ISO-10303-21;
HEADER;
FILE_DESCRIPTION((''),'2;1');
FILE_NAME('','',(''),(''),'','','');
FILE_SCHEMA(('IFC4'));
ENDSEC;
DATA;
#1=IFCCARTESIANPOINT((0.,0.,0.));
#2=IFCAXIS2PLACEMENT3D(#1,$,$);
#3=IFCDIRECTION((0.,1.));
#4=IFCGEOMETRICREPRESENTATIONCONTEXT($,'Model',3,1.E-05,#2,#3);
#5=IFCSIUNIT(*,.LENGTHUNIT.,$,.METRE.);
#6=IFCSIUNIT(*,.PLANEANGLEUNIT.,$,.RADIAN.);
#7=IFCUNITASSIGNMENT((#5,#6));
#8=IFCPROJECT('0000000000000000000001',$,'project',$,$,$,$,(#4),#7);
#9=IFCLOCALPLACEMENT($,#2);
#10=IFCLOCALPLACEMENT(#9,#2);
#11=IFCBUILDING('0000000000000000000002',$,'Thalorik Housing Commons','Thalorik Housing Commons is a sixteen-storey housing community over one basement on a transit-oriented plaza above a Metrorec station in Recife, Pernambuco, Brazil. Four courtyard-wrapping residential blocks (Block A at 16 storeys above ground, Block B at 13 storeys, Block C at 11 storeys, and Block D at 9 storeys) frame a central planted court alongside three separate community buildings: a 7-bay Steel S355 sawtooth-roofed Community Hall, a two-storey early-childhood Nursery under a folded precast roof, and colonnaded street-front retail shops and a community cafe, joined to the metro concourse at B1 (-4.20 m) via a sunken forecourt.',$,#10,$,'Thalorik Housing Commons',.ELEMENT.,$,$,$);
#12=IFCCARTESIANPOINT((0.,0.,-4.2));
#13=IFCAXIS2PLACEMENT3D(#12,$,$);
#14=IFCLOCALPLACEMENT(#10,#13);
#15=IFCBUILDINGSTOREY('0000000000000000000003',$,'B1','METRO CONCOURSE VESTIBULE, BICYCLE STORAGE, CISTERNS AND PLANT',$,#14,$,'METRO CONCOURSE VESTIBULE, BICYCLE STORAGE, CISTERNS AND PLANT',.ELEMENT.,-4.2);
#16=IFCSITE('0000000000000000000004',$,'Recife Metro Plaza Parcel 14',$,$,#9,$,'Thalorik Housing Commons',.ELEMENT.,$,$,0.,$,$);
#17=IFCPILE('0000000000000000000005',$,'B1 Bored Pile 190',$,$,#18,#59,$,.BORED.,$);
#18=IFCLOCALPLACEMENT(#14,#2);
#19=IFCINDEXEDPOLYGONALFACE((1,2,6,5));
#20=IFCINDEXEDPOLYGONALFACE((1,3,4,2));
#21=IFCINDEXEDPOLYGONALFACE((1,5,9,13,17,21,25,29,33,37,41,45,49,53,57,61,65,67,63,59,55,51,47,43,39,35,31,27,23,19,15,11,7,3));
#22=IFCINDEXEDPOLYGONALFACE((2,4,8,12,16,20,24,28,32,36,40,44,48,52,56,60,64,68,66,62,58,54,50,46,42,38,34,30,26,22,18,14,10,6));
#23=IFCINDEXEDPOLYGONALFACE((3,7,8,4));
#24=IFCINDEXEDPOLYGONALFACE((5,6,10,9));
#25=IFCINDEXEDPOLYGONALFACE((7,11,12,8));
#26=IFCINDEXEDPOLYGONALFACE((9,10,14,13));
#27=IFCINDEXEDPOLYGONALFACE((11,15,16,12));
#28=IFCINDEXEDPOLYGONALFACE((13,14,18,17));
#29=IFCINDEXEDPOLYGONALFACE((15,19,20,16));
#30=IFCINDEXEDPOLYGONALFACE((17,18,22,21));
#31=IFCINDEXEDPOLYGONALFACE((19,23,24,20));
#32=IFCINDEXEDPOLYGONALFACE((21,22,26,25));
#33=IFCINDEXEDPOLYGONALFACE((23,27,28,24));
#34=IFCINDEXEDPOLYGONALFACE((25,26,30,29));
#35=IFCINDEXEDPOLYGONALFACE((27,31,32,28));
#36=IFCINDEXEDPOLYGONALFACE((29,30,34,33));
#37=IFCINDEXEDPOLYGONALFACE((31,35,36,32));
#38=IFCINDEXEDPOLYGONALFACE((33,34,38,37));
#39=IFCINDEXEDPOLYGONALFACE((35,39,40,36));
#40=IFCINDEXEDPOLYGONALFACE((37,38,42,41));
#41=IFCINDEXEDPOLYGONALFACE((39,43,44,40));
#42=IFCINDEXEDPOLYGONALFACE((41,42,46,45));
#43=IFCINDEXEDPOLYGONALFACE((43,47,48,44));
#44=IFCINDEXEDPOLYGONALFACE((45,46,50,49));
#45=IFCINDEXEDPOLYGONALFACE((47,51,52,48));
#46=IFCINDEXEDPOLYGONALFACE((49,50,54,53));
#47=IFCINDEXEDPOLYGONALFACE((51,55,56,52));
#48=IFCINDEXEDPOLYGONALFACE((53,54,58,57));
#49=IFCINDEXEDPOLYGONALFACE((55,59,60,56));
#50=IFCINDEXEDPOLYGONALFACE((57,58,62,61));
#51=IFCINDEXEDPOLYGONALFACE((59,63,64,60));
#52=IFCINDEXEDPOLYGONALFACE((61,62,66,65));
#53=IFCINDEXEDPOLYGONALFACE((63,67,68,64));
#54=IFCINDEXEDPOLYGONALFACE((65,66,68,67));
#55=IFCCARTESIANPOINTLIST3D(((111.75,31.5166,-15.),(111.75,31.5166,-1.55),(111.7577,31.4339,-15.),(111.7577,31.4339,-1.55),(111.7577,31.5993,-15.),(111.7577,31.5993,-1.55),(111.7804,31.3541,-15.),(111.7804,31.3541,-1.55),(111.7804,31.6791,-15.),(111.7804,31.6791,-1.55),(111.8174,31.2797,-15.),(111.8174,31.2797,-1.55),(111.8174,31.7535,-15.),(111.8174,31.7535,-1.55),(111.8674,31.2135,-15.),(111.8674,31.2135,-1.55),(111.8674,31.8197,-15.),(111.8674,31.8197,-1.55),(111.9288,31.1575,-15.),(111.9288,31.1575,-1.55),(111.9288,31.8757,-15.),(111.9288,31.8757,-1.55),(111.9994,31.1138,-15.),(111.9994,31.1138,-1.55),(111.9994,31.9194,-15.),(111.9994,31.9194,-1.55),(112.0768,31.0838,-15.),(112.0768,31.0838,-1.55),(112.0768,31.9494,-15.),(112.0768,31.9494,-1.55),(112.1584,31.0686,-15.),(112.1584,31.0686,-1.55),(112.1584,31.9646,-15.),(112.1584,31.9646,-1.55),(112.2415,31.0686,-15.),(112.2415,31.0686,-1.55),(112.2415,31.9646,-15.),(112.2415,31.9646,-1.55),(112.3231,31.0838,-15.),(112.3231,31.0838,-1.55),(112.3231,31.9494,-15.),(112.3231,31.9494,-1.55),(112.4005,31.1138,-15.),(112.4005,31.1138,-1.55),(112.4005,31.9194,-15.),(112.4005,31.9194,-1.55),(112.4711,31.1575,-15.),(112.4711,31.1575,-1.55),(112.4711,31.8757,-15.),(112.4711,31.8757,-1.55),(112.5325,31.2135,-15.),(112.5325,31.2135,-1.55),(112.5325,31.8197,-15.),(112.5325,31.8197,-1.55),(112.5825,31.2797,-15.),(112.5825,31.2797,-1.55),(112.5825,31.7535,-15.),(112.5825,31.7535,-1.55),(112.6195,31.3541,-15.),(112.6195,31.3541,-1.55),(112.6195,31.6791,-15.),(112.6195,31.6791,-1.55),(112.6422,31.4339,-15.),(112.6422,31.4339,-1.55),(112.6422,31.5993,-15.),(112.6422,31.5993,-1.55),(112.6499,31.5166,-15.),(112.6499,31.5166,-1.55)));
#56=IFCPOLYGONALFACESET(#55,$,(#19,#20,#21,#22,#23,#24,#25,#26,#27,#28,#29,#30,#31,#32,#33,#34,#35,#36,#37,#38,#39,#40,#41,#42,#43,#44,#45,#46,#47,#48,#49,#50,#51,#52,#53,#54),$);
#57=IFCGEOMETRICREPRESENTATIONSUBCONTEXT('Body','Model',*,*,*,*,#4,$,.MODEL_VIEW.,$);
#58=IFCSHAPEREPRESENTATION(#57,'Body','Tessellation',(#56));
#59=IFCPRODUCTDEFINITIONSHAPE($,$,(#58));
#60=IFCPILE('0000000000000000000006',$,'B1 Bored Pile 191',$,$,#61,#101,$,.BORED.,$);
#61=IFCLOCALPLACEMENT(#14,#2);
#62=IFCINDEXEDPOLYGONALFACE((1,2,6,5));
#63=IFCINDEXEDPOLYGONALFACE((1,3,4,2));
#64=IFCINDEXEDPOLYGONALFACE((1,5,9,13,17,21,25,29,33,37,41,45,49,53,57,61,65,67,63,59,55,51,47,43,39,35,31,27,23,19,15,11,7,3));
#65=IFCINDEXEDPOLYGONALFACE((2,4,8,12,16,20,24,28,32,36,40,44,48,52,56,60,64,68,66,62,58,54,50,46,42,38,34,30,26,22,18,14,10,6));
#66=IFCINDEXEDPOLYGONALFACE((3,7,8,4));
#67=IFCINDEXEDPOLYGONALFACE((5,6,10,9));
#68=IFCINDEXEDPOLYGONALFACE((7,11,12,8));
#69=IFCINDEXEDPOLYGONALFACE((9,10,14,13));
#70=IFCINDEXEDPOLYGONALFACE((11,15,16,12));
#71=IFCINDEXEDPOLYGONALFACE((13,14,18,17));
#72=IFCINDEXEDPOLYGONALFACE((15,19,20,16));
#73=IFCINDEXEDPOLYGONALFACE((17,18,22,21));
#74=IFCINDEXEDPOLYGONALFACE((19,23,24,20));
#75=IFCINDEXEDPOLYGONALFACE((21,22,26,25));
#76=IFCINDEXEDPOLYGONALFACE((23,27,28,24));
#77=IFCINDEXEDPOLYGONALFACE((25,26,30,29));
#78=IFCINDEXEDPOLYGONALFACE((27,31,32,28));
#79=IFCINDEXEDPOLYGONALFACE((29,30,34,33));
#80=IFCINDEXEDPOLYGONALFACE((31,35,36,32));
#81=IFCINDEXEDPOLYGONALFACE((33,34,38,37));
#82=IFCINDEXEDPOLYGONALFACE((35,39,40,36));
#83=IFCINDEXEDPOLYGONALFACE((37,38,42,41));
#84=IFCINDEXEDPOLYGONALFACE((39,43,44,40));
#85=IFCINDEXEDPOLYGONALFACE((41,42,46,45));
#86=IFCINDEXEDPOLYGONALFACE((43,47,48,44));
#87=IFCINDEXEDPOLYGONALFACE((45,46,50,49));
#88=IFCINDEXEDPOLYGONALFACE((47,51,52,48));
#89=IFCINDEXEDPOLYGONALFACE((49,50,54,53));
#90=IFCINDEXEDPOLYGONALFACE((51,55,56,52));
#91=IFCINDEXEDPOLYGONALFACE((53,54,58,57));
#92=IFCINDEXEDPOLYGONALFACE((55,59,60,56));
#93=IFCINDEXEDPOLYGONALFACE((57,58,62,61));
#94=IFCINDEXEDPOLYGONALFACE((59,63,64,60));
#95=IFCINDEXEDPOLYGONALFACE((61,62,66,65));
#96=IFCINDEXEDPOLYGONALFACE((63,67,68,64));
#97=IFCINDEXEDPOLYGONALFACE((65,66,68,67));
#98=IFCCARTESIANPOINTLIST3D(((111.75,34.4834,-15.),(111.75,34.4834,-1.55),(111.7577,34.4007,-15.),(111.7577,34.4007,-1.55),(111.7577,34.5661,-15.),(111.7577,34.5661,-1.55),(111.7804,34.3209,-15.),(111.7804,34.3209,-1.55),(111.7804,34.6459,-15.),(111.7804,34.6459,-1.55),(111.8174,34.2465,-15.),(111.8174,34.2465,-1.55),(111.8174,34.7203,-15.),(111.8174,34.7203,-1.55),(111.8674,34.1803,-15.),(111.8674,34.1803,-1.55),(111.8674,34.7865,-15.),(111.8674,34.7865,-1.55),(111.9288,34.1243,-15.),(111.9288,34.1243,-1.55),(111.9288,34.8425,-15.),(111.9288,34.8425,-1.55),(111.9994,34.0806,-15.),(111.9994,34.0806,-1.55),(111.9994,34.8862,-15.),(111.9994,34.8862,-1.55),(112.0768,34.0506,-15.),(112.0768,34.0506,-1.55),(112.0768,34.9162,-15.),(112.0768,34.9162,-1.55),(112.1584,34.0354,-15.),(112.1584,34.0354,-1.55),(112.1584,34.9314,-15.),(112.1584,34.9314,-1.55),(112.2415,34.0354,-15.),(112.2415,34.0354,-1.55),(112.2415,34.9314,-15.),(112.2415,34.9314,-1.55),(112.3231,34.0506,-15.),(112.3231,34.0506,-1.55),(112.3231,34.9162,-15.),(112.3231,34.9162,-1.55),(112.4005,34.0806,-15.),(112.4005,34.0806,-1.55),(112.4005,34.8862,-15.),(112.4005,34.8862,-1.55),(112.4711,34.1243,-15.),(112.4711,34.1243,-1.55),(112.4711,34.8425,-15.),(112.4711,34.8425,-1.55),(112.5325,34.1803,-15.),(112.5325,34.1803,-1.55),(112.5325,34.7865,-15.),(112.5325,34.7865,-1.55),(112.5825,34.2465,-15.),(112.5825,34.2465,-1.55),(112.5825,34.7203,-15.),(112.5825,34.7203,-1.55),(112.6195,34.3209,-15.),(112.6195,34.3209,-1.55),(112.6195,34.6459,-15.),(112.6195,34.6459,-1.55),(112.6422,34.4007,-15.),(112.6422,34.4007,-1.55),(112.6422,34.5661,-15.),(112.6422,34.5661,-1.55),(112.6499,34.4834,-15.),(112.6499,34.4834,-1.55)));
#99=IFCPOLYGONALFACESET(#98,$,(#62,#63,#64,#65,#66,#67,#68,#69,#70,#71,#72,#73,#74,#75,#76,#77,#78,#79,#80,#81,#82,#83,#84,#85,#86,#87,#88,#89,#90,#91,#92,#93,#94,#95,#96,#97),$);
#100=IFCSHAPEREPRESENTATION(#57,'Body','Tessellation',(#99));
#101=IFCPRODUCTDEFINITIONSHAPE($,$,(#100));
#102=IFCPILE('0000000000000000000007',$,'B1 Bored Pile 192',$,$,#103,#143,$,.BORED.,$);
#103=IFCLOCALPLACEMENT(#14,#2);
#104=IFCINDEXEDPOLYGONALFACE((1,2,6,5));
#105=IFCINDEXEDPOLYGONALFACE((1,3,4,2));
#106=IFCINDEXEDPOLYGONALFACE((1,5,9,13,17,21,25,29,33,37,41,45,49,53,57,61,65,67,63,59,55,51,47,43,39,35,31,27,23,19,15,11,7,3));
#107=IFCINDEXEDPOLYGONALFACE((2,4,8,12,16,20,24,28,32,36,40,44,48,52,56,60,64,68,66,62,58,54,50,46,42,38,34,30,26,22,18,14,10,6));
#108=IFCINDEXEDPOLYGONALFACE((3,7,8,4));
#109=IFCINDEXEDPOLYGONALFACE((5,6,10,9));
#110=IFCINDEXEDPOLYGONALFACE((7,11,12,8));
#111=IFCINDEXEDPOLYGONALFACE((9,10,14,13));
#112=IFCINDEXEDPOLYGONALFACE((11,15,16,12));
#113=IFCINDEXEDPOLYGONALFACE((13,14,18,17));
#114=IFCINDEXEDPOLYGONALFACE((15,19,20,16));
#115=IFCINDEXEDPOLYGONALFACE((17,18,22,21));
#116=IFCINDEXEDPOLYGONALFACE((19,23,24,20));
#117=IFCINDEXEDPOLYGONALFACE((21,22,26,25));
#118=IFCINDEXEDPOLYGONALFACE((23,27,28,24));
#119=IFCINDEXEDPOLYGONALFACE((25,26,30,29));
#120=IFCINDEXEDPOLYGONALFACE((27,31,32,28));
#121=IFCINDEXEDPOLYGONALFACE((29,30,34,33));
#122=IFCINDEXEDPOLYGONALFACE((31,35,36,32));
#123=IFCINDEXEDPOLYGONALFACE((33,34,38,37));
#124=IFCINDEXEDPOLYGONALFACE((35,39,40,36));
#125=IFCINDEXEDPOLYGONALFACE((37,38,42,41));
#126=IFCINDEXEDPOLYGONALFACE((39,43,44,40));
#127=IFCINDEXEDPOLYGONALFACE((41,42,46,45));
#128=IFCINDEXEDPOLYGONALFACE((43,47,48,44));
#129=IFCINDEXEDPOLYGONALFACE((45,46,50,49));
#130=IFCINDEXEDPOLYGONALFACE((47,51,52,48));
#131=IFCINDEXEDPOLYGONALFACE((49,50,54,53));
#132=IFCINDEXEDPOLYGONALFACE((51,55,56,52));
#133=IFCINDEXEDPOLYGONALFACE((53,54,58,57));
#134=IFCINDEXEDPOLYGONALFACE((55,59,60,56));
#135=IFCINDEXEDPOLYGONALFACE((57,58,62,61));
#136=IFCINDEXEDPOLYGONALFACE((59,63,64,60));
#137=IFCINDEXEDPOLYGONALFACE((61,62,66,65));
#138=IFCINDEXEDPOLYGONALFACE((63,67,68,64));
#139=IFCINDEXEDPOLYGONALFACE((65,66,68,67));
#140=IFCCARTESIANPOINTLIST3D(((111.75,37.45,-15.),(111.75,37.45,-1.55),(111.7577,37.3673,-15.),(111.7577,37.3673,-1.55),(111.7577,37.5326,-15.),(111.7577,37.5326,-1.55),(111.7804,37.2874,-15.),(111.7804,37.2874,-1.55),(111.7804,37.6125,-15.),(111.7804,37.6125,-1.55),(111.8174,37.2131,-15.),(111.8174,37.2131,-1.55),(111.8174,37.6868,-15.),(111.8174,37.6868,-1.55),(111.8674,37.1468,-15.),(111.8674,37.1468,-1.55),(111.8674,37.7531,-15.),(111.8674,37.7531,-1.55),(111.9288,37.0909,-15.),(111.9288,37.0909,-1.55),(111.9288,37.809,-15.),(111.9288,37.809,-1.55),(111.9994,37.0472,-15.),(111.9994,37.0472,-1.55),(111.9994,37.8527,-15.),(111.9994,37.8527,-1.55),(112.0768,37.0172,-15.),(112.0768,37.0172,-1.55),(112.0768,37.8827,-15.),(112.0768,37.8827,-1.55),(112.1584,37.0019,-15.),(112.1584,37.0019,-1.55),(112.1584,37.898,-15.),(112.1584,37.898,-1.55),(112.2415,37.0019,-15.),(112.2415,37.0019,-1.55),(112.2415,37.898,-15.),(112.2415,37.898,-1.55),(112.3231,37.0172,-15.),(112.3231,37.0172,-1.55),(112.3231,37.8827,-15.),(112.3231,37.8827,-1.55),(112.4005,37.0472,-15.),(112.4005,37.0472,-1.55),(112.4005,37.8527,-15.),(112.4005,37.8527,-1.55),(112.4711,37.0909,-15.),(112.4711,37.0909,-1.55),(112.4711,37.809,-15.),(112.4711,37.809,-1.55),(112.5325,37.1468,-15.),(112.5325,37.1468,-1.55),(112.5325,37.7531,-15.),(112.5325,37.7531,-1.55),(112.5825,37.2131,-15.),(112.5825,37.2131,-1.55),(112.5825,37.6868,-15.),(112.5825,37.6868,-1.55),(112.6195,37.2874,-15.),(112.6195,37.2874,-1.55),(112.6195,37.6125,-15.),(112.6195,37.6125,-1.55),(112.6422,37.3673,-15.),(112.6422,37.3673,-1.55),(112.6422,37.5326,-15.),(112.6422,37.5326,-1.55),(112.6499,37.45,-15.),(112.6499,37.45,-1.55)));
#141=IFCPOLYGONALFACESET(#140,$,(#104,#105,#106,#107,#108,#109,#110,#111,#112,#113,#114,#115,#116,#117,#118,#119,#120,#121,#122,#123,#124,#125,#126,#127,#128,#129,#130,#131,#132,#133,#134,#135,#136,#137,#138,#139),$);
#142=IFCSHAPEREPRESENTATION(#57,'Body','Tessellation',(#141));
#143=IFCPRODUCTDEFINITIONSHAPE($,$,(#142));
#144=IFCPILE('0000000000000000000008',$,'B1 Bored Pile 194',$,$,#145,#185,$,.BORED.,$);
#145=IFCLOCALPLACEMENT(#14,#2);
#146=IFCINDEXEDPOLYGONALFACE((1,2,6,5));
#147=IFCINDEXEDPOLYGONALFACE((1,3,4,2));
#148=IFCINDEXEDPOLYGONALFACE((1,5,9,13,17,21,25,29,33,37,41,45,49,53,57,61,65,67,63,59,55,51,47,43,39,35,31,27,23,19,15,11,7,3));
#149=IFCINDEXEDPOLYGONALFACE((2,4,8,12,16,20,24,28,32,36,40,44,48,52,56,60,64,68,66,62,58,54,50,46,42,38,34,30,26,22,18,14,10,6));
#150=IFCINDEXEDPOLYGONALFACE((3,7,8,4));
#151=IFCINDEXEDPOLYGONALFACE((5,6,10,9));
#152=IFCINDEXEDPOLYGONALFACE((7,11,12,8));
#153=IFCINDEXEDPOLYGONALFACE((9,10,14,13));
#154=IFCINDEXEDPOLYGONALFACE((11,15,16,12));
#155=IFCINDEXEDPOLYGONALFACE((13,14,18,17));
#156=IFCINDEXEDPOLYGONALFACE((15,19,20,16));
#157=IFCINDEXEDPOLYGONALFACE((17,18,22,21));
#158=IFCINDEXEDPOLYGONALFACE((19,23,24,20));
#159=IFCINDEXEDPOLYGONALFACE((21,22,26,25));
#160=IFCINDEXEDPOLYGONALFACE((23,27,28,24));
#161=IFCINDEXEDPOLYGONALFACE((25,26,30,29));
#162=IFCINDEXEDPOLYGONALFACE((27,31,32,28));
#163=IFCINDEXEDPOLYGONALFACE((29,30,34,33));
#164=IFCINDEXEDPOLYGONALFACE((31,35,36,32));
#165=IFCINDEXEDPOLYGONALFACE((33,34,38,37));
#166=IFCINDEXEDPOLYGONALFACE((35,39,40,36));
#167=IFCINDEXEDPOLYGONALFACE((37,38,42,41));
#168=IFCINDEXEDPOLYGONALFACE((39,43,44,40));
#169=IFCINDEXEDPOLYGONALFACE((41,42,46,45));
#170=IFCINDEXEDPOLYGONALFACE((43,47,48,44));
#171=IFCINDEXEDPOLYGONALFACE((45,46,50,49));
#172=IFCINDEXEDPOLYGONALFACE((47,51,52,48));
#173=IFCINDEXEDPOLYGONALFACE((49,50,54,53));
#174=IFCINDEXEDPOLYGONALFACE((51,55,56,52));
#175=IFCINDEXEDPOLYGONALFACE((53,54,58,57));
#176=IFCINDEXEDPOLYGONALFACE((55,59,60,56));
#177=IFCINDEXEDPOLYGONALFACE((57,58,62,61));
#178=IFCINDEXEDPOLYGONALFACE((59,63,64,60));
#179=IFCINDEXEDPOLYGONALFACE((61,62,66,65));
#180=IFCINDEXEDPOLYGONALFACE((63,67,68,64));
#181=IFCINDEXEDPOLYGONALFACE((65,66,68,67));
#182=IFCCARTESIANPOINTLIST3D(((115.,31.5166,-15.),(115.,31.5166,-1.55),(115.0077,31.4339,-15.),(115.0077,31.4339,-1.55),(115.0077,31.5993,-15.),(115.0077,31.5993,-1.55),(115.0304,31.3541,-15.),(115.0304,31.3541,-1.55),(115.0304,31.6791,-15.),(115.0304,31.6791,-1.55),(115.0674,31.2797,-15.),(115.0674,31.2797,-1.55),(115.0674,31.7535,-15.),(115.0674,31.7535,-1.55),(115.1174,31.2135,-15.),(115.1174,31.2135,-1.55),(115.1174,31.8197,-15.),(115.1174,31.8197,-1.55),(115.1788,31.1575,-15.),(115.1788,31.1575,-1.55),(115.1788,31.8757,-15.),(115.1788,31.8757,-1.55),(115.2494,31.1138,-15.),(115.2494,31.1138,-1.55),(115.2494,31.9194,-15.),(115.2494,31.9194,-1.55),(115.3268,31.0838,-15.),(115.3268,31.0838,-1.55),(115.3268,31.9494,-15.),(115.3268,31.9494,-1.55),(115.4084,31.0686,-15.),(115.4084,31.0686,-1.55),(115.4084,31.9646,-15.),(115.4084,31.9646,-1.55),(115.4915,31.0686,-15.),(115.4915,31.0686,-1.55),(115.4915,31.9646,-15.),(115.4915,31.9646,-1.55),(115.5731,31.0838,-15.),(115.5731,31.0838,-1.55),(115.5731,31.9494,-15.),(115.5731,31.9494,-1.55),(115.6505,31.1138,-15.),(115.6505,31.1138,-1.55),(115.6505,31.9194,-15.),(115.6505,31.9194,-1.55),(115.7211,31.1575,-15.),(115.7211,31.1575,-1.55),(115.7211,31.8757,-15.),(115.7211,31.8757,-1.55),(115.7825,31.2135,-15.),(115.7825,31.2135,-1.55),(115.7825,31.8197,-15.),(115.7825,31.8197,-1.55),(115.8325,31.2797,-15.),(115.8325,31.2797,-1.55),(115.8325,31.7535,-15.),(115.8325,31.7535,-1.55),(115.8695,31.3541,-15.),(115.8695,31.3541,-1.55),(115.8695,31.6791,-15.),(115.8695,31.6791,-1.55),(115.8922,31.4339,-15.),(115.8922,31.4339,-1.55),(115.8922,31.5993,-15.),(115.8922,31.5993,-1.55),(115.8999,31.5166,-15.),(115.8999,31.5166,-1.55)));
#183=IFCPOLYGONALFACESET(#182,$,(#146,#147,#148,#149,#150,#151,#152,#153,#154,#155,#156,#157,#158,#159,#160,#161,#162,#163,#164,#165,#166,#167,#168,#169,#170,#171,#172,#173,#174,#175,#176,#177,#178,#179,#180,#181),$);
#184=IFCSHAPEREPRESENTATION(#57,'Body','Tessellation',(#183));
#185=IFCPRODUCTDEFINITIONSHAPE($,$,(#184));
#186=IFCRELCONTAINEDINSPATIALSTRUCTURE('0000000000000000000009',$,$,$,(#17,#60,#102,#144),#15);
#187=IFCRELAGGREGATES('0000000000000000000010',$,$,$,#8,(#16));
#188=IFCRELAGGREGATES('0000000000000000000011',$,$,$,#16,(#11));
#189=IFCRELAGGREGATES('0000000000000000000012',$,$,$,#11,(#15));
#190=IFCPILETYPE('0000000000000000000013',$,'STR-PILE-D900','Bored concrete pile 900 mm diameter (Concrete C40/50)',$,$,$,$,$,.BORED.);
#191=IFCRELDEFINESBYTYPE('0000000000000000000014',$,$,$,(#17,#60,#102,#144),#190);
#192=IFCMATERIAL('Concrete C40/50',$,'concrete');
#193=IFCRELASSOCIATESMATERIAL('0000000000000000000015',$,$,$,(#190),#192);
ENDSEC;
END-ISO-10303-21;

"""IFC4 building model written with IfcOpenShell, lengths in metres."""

from ifc_helpers import new_model, si_unit, direction, frame, origin, origin_2d, place, context, subcontext, project, spatial, circle, extrude, material, material_profile, profile_set, type_object, element, save


model = new_model("IFC4")

# Units and contexts
model_context = context("Model", 3, precision=1e-05, world=origin(), true_north=direction((0.0, 1.0)))
body_context = subcontext(model_context, "Body", "Model", "MODEL_VIEW")
ifc_project = project(units=[si_unit("LENGTHUNIT", "METRE"), si_unit("PLANEANGLEUNIT", "RADIAN")], contexts=[model_context])

# Site, building, storey
site_placement = place(None, origin())
site = spatial("IfcSite", under=ifc_project, at=site_placement, Name="Recife Metro Plaza Parcel 14", LongName="Thalorik Housing Commons", CompositionType="ELEMENT", RefElevation=0.0)
building_placement = place(site_placement, origin())
building = spatial("IfcBuilding", under=site, at=building_placement, Name="Thalorik Housing Commons", Description="Thalorik Housing Commons is a sixteen-storey housing community over one basement on a transit-oriented plaza above a Metrorec station in Recife, Pernambuco, Brazil. Four courtyard-wrapping residential blocks (Block A at 16 storeys above ground, Block B at 13 storeys, Block C at 11 storeys, and Block D at 9 storeys) frame a central planted court alongside three separate community buildings: a 7-bay Steel S355 sawtooth-roofed Community Hall, a two-storey early-childhood Nursery under a folded precast roof, and colonnaded street-front retail shops and a community cafe, joined to the metro concourse at B1 (-4.20 m) via a sunken forecourt.", LongName="Thalorik Housing Commons", CompositionType="ELEMENT")
storey_placement = place(building_placement, frame((0.0, 0.0, -4.2)))
storey = spatial("IfcBuildingStorey", under=building, at=storey_placement, Name="B1", Description="METRO CONCOURSE VESTIBULE, BICYCLE STORAGE, CISTERNS AND PLANT", LongName="METRO CONCOURSE VESTIBULE, BICYCLE STORAGE, CISTERNS AND PLANT", CompositionType="ELEMENT", Elevation=-4.2)

# Shared definitions
ifc_material_1 = material(Name="Concrete C40/50", Category="concrete")

# Piles
ifc_material_profile_1 = material_profile(ifc_material_1, circle(Radius=0.45, at=origin_2d()), Name="BORED PILE D900", Category="concrete")
ifc_profile_set_1 = profile_set([ifc_material_profile_1], Name="Concrete C40/50")
pile_type_1 = type_object("IfcPileType", Name="STR-PILE-D900", Description="Bored concrete pile 900 mm diameter (Concrete C40/50)", PredefinedType="BORED", material=ifc_profile_set_1)
for number, where, z_axis, x_axis, name in (
    (1, (112.2, 31.5166, -1.55), (0.0, 0.0, -1.0), (1.0, 0.0, 0.0), "B1 Bored Pile 190"),
    (2, (112.2, 34.4834, -1.55), (0.0, 0.0, -1.0), (1.0, 0.0, 0.0), "B1 Bored Pile 191"),
    (3, (112.2, 37.45, -1.55), (0.0, 0.0, -1.0), (1.0, 0.0, 0.0), "B1 Bored Pile 192"),
    (4, (115.45, 31.5166, -1.55), (0.0, 0.0, -1.0), (1.0, 0.0, 0.0), "B1 Bored Pile 194"),
):
    element("IfcPile", number, at=place(storey_placement, frame(where, z_axis=z_axis, x_axis=x_axis)), inside=storey, type_object=pile_type_1, Name=name, PredefinedType="BORED", context=body_context, shape_type="SweptSolid", body=[
        extrude(circle(Radius=0.45, at=origin_2d()), origin(), (0.0, 0.0, 1.0), 13.45),
    ])

save(model, "model.ifc")
